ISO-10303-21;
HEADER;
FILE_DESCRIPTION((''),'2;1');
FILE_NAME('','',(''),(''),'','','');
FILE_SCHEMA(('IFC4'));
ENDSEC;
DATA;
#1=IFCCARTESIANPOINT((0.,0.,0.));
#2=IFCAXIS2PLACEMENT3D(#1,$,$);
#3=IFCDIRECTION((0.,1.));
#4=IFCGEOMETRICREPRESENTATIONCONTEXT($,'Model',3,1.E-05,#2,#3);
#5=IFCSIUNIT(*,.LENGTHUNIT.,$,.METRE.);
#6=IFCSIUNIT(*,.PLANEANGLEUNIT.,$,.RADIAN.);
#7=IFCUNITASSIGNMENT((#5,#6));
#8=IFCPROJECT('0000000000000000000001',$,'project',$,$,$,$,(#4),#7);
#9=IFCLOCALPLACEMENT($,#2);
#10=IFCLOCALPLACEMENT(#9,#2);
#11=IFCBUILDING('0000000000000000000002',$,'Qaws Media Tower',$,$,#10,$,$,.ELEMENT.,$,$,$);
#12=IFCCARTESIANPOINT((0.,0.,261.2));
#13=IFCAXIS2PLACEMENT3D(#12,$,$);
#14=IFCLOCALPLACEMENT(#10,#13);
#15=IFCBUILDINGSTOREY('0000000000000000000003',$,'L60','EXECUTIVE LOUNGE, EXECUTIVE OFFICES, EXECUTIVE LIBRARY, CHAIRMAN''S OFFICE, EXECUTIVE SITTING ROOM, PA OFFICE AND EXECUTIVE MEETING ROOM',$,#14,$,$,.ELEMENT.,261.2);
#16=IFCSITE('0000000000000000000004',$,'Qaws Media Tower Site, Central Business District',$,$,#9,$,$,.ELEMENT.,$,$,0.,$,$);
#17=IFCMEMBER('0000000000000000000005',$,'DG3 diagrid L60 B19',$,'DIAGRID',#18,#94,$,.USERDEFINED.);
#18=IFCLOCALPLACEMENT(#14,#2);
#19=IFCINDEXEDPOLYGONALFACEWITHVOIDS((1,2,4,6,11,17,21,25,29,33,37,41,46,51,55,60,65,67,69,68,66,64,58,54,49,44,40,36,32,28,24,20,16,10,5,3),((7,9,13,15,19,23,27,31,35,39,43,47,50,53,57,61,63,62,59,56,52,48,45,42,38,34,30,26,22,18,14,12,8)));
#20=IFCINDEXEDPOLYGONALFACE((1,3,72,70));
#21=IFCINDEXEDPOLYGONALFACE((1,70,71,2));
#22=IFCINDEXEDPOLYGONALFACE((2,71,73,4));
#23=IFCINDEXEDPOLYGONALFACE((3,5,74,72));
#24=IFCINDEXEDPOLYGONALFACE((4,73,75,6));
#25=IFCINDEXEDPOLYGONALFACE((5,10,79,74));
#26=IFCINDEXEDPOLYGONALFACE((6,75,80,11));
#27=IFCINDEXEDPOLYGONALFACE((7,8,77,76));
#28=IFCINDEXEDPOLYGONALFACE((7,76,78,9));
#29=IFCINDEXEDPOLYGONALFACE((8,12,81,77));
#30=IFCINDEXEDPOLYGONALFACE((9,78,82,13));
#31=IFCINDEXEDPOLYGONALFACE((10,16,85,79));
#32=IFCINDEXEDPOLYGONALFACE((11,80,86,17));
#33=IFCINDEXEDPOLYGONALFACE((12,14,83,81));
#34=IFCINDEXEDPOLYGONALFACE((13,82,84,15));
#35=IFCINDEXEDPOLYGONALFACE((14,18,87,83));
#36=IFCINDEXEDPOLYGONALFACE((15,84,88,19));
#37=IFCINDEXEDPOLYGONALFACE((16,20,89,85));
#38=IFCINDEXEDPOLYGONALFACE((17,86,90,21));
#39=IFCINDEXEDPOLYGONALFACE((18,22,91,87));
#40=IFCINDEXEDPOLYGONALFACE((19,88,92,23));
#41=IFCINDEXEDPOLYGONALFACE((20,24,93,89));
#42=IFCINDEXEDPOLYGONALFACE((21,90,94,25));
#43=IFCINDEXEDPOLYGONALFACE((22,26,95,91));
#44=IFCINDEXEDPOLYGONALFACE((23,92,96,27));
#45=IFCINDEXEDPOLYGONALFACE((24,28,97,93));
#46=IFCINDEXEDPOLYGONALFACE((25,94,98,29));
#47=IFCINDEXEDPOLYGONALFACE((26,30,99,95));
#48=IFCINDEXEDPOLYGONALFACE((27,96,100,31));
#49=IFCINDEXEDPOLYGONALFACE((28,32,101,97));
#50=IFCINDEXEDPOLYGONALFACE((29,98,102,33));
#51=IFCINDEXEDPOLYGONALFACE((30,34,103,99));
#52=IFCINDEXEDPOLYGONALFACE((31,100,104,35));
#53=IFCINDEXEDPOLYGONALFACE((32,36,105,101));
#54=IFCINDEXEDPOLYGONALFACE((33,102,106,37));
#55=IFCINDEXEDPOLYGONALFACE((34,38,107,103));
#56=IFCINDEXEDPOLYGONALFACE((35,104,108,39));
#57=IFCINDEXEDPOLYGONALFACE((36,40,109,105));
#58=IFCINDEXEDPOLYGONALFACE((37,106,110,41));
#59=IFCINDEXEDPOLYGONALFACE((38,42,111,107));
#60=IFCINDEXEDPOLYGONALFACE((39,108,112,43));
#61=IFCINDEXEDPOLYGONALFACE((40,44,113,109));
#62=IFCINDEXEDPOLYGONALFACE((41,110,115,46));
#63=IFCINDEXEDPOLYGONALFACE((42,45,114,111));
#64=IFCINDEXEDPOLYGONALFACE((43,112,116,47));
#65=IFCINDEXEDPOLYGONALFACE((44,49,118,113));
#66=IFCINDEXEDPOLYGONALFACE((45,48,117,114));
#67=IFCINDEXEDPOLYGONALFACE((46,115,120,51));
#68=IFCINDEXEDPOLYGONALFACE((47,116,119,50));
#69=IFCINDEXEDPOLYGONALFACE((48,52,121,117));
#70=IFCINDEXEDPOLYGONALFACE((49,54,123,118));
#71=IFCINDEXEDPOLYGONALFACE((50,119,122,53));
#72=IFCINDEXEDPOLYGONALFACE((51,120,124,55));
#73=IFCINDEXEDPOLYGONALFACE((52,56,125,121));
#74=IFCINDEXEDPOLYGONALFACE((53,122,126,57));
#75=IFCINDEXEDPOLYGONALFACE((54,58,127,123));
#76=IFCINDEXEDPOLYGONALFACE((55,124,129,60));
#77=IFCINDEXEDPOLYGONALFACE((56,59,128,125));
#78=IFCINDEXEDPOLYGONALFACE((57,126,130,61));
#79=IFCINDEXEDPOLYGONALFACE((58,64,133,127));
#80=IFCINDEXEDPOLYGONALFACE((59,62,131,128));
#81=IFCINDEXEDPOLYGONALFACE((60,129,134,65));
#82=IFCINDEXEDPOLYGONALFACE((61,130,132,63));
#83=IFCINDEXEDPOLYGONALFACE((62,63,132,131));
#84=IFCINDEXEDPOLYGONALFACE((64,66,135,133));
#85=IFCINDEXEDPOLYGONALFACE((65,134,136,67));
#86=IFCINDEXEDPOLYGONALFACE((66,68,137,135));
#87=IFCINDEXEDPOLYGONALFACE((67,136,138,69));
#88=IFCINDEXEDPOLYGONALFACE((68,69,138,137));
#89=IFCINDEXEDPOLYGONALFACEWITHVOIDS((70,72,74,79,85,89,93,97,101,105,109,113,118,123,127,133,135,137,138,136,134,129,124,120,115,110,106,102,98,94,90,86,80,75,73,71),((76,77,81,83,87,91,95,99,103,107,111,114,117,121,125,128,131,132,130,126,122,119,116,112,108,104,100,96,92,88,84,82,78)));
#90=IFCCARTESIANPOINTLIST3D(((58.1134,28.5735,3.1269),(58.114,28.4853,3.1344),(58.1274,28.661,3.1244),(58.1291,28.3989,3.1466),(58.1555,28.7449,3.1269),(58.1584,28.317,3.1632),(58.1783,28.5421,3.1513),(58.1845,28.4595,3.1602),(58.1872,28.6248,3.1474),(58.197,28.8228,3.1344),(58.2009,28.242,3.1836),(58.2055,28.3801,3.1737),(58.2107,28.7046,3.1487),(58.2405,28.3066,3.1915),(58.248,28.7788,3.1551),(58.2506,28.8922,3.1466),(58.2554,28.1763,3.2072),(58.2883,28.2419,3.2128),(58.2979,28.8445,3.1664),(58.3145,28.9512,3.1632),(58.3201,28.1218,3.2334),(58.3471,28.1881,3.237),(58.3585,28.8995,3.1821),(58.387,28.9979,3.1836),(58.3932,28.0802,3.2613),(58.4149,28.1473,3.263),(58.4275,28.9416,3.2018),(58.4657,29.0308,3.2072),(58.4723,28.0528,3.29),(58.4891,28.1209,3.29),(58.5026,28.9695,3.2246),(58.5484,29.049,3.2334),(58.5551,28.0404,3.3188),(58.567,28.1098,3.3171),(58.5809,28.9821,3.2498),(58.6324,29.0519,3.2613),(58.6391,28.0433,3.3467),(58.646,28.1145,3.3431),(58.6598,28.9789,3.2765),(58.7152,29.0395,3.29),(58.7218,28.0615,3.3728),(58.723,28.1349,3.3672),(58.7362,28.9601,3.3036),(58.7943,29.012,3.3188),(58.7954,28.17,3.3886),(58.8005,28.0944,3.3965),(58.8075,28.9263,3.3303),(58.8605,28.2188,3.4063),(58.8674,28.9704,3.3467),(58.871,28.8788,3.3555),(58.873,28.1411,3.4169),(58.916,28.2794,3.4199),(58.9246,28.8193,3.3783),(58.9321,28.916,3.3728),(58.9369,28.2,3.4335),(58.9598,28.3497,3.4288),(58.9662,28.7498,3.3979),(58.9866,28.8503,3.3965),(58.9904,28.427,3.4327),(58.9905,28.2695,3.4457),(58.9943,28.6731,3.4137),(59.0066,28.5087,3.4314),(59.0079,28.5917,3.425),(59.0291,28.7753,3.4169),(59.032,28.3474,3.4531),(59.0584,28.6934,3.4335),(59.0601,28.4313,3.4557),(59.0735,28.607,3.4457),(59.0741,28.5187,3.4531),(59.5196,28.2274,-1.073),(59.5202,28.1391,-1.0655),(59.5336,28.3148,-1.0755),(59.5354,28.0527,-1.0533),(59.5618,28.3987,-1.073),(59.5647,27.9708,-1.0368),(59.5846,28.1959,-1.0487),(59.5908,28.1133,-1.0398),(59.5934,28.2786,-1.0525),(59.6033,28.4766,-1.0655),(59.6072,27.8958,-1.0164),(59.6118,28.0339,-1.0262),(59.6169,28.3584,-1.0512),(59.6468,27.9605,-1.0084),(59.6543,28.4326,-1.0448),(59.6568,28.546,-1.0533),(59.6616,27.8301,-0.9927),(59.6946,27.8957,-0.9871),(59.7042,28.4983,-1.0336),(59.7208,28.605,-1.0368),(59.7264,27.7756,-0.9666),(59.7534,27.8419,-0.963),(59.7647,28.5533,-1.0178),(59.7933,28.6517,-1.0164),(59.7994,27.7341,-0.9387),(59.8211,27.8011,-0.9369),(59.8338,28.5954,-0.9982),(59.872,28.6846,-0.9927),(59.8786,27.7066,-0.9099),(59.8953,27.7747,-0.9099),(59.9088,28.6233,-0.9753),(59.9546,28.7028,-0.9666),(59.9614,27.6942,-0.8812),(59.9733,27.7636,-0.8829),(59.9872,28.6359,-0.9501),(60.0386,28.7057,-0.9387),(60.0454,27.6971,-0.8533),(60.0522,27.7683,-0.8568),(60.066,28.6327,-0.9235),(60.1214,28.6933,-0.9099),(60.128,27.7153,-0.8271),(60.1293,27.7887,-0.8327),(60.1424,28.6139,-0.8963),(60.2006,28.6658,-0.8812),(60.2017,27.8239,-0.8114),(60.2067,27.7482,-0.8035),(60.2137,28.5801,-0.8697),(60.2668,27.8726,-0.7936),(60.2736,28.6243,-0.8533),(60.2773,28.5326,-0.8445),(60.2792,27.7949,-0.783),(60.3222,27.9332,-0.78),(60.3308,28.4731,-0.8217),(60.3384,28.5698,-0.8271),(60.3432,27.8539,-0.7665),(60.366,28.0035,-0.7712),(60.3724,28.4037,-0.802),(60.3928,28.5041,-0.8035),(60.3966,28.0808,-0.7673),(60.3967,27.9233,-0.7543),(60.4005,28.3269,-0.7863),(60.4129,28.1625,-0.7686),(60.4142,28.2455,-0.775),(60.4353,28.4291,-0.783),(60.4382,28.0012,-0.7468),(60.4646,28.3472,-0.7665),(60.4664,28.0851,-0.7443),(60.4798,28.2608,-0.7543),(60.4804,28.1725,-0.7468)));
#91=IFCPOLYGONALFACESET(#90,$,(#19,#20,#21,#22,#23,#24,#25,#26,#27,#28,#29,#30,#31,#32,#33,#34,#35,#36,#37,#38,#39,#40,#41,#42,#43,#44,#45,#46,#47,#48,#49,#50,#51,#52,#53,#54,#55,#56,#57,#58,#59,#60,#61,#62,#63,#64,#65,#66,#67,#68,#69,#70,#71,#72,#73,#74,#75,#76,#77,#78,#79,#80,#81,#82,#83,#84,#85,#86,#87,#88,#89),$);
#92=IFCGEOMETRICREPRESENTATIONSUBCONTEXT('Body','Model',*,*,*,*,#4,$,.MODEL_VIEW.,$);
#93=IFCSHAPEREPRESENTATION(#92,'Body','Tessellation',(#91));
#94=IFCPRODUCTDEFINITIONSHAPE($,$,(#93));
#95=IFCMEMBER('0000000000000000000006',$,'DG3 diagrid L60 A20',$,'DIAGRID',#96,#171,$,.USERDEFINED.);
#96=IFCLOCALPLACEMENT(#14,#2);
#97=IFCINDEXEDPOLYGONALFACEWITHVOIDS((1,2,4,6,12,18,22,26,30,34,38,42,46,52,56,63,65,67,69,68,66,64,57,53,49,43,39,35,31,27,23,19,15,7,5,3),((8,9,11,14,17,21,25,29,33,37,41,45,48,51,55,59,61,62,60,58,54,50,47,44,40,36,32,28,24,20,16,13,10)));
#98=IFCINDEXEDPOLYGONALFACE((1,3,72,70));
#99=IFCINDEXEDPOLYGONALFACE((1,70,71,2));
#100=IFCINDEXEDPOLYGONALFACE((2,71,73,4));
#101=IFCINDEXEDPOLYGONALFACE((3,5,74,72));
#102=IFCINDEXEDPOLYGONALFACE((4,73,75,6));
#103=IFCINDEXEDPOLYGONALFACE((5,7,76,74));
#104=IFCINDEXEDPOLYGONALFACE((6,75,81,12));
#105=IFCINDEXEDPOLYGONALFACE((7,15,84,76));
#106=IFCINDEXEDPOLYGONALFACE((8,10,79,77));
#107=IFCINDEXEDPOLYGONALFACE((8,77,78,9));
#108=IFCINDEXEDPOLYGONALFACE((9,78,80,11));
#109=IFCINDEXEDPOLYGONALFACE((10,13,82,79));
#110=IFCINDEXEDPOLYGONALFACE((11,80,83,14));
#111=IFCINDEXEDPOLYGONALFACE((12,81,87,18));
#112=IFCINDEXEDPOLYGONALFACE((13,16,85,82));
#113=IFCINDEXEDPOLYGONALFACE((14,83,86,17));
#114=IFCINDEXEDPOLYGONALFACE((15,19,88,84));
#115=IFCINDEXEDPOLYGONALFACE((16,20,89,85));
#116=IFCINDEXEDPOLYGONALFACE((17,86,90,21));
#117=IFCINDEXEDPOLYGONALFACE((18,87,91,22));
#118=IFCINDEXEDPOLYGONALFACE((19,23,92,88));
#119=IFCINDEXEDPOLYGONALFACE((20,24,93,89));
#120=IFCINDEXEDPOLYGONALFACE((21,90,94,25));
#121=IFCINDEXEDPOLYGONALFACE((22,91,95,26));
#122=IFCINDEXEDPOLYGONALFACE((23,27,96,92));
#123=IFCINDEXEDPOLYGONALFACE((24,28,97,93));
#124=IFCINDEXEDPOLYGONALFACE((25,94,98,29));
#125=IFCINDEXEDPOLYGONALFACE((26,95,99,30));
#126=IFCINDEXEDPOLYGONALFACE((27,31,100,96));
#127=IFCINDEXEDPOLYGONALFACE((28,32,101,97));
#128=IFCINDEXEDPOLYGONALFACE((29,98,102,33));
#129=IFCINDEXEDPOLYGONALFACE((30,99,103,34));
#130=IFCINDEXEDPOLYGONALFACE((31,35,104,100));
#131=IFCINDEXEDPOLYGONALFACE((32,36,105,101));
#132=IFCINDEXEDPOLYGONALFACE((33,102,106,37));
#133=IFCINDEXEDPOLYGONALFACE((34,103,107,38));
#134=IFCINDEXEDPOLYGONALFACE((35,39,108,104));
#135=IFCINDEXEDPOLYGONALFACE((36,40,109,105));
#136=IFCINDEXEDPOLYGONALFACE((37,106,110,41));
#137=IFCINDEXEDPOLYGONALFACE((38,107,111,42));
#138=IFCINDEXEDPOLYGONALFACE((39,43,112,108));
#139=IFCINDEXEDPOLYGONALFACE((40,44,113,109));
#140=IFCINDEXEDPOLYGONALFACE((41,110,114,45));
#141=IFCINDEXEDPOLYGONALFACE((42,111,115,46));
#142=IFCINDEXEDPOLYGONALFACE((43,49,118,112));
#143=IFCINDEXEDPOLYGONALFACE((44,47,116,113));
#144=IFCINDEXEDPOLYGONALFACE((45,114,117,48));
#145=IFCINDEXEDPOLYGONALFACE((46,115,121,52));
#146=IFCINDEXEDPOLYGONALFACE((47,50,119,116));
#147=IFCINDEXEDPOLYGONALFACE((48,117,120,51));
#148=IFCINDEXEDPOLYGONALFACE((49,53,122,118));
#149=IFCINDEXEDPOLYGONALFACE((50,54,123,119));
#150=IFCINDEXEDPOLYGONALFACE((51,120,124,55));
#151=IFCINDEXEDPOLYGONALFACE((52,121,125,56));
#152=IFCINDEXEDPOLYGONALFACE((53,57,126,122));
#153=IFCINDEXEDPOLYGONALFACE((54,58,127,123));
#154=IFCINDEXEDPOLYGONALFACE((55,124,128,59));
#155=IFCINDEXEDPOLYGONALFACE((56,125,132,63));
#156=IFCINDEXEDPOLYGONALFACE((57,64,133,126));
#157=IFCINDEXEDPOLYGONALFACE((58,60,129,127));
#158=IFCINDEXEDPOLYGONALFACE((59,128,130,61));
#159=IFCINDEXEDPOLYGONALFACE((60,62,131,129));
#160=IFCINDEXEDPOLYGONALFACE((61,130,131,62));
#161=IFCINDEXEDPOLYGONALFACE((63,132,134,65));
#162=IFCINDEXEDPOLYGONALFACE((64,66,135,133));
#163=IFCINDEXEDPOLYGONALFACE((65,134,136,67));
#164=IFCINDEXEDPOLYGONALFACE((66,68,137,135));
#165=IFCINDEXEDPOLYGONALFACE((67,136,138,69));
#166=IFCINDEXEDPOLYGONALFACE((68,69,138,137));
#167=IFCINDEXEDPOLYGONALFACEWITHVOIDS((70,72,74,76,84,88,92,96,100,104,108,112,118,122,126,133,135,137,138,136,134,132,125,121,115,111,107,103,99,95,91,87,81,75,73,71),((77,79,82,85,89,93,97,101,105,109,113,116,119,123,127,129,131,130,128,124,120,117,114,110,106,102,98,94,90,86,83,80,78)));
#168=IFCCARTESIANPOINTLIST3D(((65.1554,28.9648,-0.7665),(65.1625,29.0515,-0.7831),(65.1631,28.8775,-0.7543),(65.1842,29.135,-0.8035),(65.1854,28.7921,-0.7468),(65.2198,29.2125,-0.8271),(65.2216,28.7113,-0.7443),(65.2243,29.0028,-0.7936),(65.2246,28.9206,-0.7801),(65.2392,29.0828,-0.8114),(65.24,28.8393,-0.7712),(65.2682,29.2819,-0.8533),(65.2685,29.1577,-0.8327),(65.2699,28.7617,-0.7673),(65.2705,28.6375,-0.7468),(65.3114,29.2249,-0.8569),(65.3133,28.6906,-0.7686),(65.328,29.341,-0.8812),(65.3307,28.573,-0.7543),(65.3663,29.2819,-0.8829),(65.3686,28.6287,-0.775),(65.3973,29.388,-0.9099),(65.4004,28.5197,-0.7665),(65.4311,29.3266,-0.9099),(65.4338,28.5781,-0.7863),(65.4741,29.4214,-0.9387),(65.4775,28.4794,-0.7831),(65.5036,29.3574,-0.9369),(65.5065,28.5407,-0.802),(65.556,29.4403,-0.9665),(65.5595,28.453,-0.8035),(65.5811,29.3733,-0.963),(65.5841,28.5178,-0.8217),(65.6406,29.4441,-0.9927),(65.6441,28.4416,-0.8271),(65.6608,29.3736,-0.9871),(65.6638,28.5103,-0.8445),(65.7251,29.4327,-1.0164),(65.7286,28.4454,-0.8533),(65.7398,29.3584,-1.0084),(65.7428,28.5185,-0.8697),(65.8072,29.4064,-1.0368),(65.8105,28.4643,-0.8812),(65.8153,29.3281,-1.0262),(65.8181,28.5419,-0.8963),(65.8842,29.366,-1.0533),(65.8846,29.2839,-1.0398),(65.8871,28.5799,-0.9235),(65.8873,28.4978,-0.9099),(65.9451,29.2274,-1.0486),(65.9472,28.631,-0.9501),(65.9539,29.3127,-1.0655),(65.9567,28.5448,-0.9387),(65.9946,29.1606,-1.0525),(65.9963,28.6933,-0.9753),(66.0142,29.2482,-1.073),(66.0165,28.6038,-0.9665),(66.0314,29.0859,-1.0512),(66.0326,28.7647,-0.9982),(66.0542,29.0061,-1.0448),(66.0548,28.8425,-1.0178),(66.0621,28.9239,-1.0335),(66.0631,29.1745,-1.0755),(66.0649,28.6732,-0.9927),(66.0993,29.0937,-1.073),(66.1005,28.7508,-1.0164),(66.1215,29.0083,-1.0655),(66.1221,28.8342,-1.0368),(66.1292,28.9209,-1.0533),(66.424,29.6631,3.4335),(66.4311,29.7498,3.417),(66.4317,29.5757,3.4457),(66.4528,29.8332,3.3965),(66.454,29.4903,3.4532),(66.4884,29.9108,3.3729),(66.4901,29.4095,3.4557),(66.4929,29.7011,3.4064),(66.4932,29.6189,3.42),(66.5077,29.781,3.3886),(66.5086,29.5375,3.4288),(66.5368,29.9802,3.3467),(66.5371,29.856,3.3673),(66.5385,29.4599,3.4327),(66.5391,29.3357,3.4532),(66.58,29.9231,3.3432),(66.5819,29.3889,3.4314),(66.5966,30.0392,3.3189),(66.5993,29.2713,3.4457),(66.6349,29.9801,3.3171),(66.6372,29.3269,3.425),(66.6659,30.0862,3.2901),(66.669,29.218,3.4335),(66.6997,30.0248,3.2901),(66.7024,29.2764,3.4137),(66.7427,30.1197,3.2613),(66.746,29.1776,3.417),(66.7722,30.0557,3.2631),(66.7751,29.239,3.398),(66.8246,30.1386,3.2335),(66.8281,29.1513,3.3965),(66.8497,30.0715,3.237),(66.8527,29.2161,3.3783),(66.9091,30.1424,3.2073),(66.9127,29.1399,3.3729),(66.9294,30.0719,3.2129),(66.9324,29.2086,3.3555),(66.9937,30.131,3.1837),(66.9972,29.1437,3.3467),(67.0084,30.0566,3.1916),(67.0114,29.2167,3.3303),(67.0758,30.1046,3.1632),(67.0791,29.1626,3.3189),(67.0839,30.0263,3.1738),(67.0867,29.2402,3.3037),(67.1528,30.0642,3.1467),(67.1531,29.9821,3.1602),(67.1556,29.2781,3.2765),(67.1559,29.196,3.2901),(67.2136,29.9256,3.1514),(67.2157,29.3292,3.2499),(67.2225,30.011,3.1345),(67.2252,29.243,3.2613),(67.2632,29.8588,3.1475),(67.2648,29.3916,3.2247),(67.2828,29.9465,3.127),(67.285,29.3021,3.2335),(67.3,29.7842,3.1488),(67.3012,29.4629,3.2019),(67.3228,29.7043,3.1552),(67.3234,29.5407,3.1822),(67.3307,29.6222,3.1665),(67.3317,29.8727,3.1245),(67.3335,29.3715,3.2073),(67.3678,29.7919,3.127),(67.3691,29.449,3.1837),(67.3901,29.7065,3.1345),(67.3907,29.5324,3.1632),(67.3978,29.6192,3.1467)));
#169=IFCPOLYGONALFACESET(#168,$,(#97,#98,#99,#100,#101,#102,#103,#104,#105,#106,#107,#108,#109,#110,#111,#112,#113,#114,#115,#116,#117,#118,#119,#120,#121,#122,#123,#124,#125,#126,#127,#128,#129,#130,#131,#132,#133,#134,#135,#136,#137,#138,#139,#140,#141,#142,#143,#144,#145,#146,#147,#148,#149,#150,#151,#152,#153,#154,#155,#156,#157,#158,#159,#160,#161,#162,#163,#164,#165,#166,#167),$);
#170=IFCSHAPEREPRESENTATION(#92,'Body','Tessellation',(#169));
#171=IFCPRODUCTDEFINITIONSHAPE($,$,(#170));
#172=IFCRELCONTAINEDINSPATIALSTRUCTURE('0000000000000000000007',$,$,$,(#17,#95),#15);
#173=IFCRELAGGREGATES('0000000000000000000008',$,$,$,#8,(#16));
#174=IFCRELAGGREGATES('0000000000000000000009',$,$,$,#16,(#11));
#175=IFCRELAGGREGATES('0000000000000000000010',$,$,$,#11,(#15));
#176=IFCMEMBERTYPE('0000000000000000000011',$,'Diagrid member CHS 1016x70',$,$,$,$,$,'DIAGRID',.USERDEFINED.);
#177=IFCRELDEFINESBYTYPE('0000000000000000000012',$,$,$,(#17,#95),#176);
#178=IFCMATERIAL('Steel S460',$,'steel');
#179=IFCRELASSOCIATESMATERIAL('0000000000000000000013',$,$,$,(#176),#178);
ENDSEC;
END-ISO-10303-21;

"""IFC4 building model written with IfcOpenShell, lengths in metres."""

from ifc_helpers import new_model, si_unit, direction, frame, origin, origin_2d, place, context, subcontext, project, spatial, hollow_circle, extrude, material, material_profile, profile_set, type_object, element, save


model = new_model("IFC4")

# Units and contexts
model_context = context("Model", 3, precision=1e-05, world=origin(), true_north=direction((0.0, 1.0)))
body_context = subcontext(model_context, "Body", "Model", "MODEL_VIEW")
ifc_project = project(units=[si_unit("LENGTHUNIT", "METRE"), si_unit("PLANEANGLEUNIT", "RADIAN")], contexts=[model_context])

# Site, building, storey
site_placement = place(None, origin())
site = spatial("IfcSite", under=ifc_project, at=site_placement, Name="Qaws Media Tower Site, Central Business District", CompositionType="ELEMENT", RefElevation=0.0)
building_placement = place(site_placement, origin())
building = spatial("IfcBuilding", under=site, at=building_placement, Name="Qaws Media Tower", CompositionType="ELEMENT")
storey_placement = place(building_placement, frame((0.0, 0.0, 261.2)))
storey = spatial("IfcBuildingStorey", under=building, at=storey_placement, Name="L60", Description="EXECUTIVE LOUNGE, EXECUTIVE OFFICES, EXECUTIVE LIBRARY, CHAIRMAN'S OFFICE, EXECUTIVE SITTING ROOM, PA OFFICE AND EXECUTIVE MEETING ROOM", CompositionType="ELEMENT", Elevation=261.2)

# Members
ifc_material_1 = material(Name="Steel S460", Category="steel")
ifc_material_profile_1 = material_profile(ifc_material_1, hollow_circle(Radius=0.5081, WallThickness=0.0701, at=origin_2d()), Name="CHS 1016x70")
ifc_profile_set_1 = profile_set([ifc_material_profile_1], Name="Steel S460")
member_type_1 = type_object("IfcMemberType", Name="Diagrid member CHS 1016x70", ElementType="DIAGRID", PredefinedType="USERDEFINED", material=ifc_profile_set_1)
for number, where, z_axis, x_axis, name in (
    (1, (60.0, 28.2, -0.9099), (-0.316535, 0.077925, 0.945375), (-0.239044, -0.971009, 0.0), "DG3 diagrid L60 B19"),
    (2, (65.6423, 28.9429, -0.9099), (0.285546, 0.157171, 0.945389), (-0.482204, 0.876059, 0.0), "DG3 diagrid L60 A20"),
):
    element("IfcMember", number, at=place(storey_placement, frame(where, z_axis=z_axis, x_axis=x_axis)), inside=storey, type_object=member_type_1, Name=name, ObjectType="DIAGRID", PredefinedType="USERDEFINED", context=body_context, shape_type="SweptSolid", body=[
        extrude(hollow_circle(Radius=0.5081, WallThickness=0.0701, at=origin_2d()), origin(), (0.0, 0.0, 1.0), 4.4426),
    ])

save(model, "model.ifc")
